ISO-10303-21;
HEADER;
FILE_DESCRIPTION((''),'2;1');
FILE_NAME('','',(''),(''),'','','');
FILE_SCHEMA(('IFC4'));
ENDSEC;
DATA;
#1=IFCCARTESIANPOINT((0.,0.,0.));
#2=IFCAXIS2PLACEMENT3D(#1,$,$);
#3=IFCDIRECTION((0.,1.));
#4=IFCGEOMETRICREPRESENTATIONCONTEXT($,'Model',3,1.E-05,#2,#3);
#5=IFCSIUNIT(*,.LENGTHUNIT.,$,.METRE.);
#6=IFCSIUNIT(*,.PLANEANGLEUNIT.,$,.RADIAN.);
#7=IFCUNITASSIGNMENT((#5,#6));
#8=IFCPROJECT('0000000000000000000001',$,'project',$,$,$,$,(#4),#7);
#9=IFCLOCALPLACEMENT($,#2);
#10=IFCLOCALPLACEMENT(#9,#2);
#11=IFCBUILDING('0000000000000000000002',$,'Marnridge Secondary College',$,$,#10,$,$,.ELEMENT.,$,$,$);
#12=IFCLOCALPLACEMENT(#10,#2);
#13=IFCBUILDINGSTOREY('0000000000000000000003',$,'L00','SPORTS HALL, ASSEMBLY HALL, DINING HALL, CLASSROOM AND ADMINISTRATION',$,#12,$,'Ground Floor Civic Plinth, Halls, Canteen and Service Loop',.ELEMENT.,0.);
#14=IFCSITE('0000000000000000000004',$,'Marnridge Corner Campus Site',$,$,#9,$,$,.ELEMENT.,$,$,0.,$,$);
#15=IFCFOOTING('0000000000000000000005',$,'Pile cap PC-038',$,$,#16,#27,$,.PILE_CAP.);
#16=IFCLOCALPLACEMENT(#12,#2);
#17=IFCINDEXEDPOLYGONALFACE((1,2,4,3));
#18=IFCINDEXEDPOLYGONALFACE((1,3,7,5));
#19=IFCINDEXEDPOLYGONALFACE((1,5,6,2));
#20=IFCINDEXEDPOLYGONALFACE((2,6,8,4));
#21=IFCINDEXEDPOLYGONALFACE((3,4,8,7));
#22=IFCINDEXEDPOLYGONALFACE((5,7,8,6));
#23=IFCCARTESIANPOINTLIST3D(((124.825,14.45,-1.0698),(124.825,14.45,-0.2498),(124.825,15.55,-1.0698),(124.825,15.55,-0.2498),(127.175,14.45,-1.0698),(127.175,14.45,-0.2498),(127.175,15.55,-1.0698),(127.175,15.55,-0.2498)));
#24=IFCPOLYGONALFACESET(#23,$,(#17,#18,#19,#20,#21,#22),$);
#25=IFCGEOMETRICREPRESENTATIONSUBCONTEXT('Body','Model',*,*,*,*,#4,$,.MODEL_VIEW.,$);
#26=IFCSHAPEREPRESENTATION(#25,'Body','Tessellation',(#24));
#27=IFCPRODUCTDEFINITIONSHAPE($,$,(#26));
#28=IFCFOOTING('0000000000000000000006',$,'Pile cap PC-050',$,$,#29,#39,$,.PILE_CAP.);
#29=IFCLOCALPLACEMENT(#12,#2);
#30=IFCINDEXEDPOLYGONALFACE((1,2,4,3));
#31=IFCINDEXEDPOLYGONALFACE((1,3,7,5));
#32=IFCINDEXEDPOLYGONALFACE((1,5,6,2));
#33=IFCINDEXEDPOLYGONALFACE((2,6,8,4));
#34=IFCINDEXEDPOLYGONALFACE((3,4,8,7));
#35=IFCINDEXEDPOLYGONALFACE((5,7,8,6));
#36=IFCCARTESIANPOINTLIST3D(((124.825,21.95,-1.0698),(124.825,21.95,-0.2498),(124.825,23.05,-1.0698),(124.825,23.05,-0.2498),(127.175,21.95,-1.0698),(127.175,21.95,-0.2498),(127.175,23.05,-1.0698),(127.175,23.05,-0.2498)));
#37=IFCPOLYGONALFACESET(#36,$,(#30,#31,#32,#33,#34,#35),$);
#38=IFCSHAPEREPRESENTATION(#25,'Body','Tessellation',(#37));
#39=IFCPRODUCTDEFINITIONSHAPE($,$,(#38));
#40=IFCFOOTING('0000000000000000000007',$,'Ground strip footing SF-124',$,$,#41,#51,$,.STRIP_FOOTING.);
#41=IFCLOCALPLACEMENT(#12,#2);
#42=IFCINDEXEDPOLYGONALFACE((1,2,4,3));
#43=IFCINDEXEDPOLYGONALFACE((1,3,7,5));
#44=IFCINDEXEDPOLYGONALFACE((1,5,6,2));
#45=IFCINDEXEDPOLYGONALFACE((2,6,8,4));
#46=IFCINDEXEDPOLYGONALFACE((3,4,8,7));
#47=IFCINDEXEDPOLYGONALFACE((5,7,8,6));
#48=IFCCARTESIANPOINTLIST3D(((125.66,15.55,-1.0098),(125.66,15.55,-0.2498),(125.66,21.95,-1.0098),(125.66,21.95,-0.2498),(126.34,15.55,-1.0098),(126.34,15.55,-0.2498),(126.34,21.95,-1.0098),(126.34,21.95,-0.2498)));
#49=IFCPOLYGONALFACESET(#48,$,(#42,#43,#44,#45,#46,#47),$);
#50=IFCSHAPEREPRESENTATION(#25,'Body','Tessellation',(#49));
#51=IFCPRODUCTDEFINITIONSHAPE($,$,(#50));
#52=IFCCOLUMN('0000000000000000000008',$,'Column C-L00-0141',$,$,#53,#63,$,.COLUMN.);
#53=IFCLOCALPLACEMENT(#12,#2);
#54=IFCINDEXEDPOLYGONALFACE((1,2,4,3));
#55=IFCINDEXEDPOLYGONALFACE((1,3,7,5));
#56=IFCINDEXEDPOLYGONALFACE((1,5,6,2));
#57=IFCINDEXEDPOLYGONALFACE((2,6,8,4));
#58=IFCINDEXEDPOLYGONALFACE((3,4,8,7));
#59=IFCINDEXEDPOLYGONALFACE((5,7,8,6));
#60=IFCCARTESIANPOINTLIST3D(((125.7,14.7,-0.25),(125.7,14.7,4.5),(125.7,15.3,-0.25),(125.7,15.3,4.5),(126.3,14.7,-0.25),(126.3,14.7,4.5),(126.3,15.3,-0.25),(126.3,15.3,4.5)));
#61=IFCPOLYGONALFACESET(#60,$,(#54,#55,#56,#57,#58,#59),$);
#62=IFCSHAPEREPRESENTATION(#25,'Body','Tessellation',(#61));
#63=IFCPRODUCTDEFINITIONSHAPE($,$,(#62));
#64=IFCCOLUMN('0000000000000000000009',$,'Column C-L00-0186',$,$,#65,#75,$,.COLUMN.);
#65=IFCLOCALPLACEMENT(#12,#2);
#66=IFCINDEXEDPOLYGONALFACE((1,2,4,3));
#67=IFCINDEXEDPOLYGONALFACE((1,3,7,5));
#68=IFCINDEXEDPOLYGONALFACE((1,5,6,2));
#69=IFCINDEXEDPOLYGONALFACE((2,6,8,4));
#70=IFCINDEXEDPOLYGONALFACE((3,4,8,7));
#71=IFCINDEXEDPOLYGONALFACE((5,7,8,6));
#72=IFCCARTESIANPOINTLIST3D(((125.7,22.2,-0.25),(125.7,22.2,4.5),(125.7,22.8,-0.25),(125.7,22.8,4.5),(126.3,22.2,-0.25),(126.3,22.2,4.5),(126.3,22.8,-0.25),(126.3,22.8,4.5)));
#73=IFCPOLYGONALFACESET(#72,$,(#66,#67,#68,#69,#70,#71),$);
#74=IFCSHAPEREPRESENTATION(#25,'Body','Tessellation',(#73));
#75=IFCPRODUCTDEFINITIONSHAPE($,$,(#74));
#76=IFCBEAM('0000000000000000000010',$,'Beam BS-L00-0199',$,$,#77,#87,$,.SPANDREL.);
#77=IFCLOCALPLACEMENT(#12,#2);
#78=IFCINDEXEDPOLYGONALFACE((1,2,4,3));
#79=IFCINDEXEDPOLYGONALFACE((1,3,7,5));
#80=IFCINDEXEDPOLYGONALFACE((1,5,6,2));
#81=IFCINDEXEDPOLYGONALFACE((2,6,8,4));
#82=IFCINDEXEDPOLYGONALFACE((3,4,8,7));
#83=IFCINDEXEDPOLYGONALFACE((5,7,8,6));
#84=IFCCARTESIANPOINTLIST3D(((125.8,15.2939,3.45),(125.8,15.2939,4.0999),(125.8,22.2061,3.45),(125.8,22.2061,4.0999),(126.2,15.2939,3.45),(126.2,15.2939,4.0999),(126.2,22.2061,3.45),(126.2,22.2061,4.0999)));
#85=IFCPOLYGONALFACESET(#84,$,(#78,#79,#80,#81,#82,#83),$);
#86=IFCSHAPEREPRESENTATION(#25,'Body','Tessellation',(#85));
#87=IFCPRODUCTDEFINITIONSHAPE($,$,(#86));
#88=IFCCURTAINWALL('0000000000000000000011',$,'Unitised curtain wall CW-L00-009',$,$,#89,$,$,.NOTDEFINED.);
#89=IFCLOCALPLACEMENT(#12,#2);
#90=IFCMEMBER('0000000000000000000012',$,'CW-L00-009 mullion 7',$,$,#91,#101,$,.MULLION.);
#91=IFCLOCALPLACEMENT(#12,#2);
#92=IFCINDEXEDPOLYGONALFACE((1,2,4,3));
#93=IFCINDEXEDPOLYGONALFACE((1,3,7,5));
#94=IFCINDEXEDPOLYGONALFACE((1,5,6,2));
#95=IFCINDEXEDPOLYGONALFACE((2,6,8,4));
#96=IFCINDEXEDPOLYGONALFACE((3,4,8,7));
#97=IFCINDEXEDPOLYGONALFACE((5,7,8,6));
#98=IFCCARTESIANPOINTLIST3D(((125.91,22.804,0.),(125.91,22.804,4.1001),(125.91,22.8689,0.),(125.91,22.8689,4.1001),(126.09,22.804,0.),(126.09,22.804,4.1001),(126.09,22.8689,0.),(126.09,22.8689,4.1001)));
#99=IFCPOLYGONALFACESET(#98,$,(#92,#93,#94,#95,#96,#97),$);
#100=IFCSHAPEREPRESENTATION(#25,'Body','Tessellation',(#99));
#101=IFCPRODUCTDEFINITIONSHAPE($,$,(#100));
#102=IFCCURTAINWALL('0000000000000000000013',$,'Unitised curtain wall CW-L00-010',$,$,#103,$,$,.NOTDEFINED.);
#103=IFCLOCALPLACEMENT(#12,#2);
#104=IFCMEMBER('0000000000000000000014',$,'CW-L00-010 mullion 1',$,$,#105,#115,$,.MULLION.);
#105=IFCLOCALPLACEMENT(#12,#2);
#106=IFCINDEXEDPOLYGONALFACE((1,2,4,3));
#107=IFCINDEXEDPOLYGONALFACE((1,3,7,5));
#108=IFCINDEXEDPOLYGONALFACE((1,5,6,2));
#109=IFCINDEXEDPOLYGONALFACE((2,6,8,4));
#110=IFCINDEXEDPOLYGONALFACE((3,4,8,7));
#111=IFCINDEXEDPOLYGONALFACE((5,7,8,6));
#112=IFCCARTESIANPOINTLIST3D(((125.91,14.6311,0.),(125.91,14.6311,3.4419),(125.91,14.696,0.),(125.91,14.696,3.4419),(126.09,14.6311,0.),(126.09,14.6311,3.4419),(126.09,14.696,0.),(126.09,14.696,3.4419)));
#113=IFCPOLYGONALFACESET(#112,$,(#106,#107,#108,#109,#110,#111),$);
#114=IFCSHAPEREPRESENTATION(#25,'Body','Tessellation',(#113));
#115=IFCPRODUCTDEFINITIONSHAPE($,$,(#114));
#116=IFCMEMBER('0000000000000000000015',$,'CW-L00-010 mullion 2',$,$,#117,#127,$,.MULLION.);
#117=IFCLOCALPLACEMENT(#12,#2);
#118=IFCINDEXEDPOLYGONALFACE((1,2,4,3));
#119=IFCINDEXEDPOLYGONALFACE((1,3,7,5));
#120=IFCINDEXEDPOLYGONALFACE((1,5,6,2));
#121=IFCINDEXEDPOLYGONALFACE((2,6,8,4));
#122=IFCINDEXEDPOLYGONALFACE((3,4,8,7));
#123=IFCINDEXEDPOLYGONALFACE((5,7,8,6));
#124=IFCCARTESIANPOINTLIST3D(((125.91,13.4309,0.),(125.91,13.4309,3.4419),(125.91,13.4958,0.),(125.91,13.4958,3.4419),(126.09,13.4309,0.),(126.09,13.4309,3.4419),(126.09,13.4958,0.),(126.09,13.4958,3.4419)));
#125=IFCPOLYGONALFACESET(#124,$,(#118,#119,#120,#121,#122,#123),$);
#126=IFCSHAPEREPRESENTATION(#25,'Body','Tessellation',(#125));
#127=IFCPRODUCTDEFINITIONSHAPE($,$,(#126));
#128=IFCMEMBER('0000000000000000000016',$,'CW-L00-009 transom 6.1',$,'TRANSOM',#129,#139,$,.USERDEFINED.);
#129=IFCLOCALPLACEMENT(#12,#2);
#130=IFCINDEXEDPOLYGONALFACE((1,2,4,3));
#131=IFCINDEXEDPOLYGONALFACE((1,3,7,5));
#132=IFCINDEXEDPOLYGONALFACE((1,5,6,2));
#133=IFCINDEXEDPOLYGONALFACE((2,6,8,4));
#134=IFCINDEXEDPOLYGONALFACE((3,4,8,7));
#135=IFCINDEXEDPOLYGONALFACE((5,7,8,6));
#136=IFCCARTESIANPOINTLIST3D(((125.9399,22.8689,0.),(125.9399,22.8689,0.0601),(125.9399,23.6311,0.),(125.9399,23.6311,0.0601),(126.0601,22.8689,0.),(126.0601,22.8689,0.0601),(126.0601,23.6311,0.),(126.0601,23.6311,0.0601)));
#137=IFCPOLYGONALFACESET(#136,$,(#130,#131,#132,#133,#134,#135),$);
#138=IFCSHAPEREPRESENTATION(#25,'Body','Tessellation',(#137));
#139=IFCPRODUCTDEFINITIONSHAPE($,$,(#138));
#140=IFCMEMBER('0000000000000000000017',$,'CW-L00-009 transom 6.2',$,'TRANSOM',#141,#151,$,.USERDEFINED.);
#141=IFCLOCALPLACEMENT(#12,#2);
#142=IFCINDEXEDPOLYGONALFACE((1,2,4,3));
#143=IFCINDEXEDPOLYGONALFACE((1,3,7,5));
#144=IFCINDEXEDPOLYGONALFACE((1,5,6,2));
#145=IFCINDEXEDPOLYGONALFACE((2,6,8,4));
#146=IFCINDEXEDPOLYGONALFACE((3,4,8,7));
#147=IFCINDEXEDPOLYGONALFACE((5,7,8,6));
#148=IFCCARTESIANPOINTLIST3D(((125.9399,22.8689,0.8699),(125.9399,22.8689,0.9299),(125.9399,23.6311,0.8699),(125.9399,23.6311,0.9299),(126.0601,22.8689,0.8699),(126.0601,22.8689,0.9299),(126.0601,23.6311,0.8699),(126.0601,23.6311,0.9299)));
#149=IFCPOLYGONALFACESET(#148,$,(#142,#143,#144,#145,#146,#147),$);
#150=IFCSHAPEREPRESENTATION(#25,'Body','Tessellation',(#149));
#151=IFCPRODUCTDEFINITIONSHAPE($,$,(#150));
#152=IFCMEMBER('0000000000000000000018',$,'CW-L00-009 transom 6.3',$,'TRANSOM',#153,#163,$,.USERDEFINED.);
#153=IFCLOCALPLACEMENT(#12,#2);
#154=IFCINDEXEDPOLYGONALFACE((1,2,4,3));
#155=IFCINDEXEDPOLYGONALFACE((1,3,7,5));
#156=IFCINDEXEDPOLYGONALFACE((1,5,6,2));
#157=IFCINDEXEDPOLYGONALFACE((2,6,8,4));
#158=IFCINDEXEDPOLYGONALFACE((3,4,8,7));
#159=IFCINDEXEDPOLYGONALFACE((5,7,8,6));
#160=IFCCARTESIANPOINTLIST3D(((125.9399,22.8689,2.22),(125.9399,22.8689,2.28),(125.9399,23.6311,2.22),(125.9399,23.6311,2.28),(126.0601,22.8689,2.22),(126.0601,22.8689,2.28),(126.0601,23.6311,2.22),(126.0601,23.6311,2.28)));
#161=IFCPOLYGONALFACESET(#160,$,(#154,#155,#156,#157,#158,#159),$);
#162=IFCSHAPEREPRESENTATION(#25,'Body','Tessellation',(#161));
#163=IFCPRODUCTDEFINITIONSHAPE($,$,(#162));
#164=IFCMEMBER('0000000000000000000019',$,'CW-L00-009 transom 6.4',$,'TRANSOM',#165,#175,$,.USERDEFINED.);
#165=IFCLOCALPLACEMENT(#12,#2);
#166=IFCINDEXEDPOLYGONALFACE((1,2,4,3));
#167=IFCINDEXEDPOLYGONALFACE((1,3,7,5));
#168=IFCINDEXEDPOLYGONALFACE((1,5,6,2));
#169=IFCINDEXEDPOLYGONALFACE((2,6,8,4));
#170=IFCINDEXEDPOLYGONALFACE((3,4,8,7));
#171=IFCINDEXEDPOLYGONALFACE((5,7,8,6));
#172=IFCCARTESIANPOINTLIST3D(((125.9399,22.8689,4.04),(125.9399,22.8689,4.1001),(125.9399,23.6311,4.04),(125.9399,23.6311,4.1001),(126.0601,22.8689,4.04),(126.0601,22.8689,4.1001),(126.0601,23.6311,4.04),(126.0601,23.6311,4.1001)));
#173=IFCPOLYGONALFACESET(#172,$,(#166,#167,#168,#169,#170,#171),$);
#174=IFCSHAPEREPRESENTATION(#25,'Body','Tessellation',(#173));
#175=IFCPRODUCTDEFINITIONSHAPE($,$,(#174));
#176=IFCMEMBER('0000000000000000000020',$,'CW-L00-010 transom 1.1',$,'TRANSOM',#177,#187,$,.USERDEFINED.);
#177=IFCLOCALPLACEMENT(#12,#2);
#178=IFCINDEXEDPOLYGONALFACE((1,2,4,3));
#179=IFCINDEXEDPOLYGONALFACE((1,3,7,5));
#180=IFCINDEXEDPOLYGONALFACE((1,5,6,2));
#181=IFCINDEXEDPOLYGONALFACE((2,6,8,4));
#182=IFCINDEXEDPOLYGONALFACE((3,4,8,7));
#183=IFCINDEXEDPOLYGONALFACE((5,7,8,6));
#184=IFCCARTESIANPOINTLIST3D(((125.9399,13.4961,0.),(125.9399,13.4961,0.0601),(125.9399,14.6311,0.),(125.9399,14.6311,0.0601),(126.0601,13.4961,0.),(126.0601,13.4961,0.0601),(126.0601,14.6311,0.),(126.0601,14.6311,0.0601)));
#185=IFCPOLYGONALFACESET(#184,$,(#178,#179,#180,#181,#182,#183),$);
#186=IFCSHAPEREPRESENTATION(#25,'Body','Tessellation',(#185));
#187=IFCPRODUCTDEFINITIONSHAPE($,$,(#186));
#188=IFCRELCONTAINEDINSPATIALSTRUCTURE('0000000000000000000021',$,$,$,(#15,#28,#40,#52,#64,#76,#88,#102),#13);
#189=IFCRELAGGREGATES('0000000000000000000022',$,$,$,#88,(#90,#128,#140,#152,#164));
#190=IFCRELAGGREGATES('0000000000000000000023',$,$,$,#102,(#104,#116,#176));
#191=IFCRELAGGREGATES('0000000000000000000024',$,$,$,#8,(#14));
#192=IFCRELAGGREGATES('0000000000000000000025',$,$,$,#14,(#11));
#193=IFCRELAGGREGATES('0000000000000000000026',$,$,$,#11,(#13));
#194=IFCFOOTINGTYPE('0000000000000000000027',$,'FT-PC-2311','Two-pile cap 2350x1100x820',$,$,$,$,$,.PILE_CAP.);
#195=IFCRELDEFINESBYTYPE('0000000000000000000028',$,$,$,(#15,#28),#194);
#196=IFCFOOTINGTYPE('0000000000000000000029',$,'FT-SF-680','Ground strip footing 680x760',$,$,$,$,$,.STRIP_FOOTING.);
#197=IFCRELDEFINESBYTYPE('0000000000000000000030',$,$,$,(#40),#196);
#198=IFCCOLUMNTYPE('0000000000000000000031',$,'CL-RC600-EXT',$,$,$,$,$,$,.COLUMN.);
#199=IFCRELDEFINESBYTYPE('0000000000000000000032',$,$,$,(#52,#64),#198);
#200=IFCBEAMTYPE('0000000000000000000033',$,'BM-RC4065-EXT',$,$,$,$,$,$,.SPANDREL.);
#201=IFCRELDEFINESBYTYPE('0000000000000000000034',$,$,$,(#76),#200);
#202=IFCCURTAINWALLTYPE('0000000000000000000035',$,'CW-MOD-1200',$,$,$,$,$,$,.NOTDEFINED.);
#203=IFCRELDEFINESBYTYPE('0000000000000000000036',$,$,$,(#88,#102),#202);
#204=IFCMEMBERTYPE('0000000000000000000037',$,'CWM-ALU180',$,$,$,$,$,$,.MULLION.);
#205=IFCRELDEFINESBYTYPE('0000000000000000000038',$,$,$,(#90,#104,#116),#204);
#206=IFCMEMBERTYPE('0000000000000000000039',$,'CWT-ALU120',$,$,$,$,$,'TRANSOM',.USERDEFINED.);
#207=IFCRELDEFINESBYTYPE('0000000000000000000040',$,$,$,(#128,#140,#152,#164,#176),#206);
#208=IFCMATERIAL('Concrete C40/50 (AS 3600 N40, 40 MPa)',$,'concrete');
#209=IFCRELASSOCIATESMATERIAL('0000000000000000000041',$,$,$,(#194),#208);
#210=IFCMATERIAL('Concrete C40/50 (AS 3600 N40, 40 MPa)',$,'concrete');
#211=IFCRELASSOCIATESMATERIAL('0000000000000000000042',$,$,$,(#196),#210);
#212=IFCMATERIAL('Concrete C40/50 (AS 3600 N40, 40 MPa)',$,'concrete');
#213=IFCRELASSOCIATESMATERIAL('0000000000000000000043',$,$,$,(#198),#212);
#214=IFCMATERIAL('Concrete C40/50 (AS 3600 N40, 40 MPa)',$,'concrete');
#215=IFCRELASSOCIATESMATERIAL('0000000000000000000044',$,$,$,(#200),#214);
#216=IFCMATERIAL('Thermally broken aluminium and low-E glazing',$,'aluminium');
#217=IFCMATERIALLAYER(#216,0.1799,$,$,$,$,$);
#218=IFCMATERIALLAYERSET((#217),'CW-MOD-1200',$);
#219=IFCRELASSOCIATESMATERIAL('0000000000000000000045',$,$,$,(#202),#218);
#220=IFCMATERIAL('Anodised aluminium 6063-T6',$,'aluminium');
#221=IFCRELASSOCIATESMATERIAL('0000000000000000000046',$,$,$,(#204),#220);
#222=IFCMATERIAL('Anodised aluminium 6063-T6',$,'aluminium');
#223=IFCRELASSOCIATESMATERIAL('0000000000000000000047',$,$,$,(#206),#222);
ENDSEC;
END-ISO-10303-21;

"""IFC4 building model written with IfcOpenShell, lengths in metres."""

from ifc_helpers import new_model, si_unit, direction, frame, origin, origin_2d, place, context, subcontext, project, spatial, rectangle, extrude, material, layer, layer_set, material_profile, profile_set, type_object, element, aggregate, save


model = new_model("IFC4")

# Units and contexts
model_context = context("Model", 3, precision=1e-05, world=origin(), true_north=direction((0.0, 1.0)))
body_context = subcontext(model_context, "Body", "Model", "MODEL_VIEW")
ifc_project = project(units=[si_unit("LENGTHUNIT", "METRE"), si_unit("PLANEANGLEUNIT", "RADIAN")], contexts=[model_context])

# Site, building, storey
site_placement = place(None, origin())
site = spatial("IfcSite", under=ifc_project, at=site_placement, Name="Marnridge Corner Campus Site", CompositionType="ELEMENT", RefElevation=0.0)
building_placement = place(site_placement, origin())
building = spatial("IfcBuilding", under=site, at=building_placement, Name="Marnridge Secondary College", CompositionType="ELEMENT")
storey_placement = place(building_placement, origin())
storey = spatial("IfcBuildingStorey", under=building, at=storey_placement, Name="L00", Description="SPORTS HALL, ASSEMBLY HALL, DINING HALL, CLASSROOM AND ADMINISTRATION", LongName="Ground Floor Civic Plinth, Halls, Canteen and Service Loop", CompositionType="ELEMENT", Elevation=0.0)

# Footings
ifc_material_1 = material(Name="Concrete C40/50 (AS 3600 N40, 40 MPa)", Category="concrete")
footing_type_1 = type_object("IfcFootingType", Name="FT-PC-2311", Description="Two-pile cap 2350x1100x820", PredefinedType="PILE_CAP", material=ifc_material_1)
for number, where, z_axis, x_axis, name in (
    (1, (126.0, 15.0, -1.0698), (0.0, 0.0, 1.0), (1.0, 0.0, 0.0), "Pile cap PC-038"),
    (2, (126.0, 22.5, -1.0698), (0.0, 0.0, 1.0), (1.0, 0.0, 0.0), "Pile cap PC-050"),
):
    element("IfcFooting", number, at=place(storey_placement, frame(where, z_axis=z_axis, x_axis=x_axis)), inside=storey, type_object=footing_type_1, Name=name, PredefinedType="PILE_CAP", context=body_context, shape_type="SweptSolid", body=[
        extrude(rectangle(XDim=2.3501, YDim=1.1001, at=origin_2d()), origin(), (0.0, 0.0, 1.0), 0.8201),
    ])
ifc_material_2 = material(Name="Concrete C40/50 (AS 3600 N40, 40 MPa)", Category="concrete")
footing_type_2 = type_object("IfcFootingType", Name="FT-SF-680", Description="Ground strip footing 680x760", PredefinedType="STRIP_FOOTING", material=ifc_material_2)
footing_placement = place(storey_placement, frame((126.0, 18.75, -1.0098), z_axis=(0.0, 0.0, 1.0), x_axis=(1.0, 0.0, 0.0)))
element("IfcFooting", 3, at=footing_placement, inside=storey, type_object=footing_type_2, Name="Ground strip footing SF-124", PredefinedType="STRIP_FOOTING", context=body_context, shape_type="SweptSolid", body=[
    extrude(rectangle(XDim=0.6799, YDim=6.3999, at=origin_2d()), origin(), (0.0, 0.0, 1.0), 0.76),
])

# Columns
ifc_material_3 = material(Name="Concrete C40/50 (AS 3600 N40, 40 MPa)", Category="concrete")
ifc_material_profile_1 = material_profile(ifc_material_3, rectangle(XDim=0.6001, YDim=0.6001, at=origin_2d()), Name="RC 600x600")
ifc_profile_set_1 = profile_set([ifc_material_profile_1], Name="Concrete C40/50 (AS 3600 N40, 40 MPa)")
column_type = type_object("IfcColumnType", Name="CL-RC600-EXT", PredefinedType="COLUMN", material=ifc_profile_set_1)
for number, where, z_axis, x_axis, name in (
    (4, (126.0, 15.0, -0.25), (0.0, 0.0, 1.0), (1.0, 0.0, 0.0), "Column C-L00-0141"),
    (5, (126.0, 22.5, -0.25), (0.0, 0.0, 1.0), (1.0, 0.0, 0.0), "Column C-L00-0186"),
):
    element("IfcColumn", number, at=place(storey_placement, frame(where, z_axis=z_axis, x_axis=x_axis)), inside=storey, type_object=column_type, Name=name, PredefinedType="COLUMN", context=body_context, shape_type="SweptSolid", body=[
        extrude(rectangle(XDim=0.6001, YDim=0.6001, at=origin_2d()), origin(), (0.0, 0.0, 1.0), 4.75),
    ])

# Beam
ifc_material_4 = material(Name="Concrete C40/50 (AS 3600 N40, 40 MPa)", Category="concrete")
ifc_material_profile_2 = material_profile(ifc_material_4, rectangle(XDim=0.3999, YDim=0.6499, at=origin_2d()), Name="RC 400x650")
ifc_profile_set_2 = profile_set([ifc_material_profile_2], Name="Concrete C40/50 (AS 3600 N40, 40 MPa)")
beam_type = type_object("IfcBeamType", Name="BM-RC4065-EXT", PredefinedType="SPANDREL", material=ifc_profile_set_2)
beam_placement = place(storey_placement, frame((126.0, 15.2939, 3.7749), z_axis=(0.0, 1.0, 0.0), x_axis=(-1.0, 0.0, 0.0)))
element("IfcBeam", 6, at=beam_placement, inside=storey, type_object=beam_type, Name="Beam BS-L00-0199", PredefinedType="SPANDREL", context=body_context, shape_type="SweptSolid", body=[
    extrude(rectangle(XDim=0.3999, YDim=0.6499, at=origin_2d()), origin(), (0.0, 0.0, 1.0), 6.9121),
])

# Curtain wall, member
ifc_material_5 = material(Name="Thermally broken aluminium and low-E glazing", Category="aluminium")
ifc_layer_1 = layer(ifc_material_5, 0.1799)
ifc_layer_set_1 = layer_set([ifc_layer_1], Name="CW-MOD-1200")
curtain_wall_type = type_object("IfcCurtainWallType", Name="CW-MOD-1200", PredefinedType="NOTDEFINED", material=ifc_layer_set_1)
curtain_wall_1_placement = place(storey_placement, origin())
curtain_wall_1 = element("IfcCurtainWall", 7, at=curtain_wall_1_placement, inside=storey, type_object=curtain_wall_type, Name="Unitised curtain wall CW-L00-009", PredefinedType="NOTDEFINED")
ifc_material_6 = material(Name="Anodised aluminium 6063-T6", Category="aluminium")
ifc_material_profile_3 = material_profile(ifc_material_6, rectangle(XDim=0.0649, YDim=0.1799, at=origin_2d()), Name="ALU 65x180")
ifc_profile_set_3 = profile_set([ifc_material_profile_3], Name="Anodised aluminium 6063-T6")
member_type_1 = type_object("IfcMemberType", Name="CWM-ALU180", PredefinedType="MULLION", material=ifc_profile_set_3)
member_1_placement = place(storey_placement, frame((126.0, 22.8364, 0.0), z_axis=(0.0, 0.0, 1.0), x_axis=(0.0, -1.0, 0.0)))
member_1 = element("IfcMember", 8, at=member_1_placement, type_object=member_type_1, Name="CW-L00-009 mullion 7", PredefinedType="MULLION", context=body_context, shape_type="SweptSolid", body=[
    extrude(rectangle(XDim=0.0649, YDim=0.1799, at=origin_2d()), origin(), (0.0, 0.0, 1.0), 4.1001),
])

# Curtain wall, members
curtain_wall_2_placement = place(storey_placement, origin())
curtain_wall_2 = element("IfcCurtainWall", 9, at=curtain_wall_2_placement, inside=storey, type_object=curtain_wall_type, Name="Unitised curtain wall CW-L00-010", PredefinedType="NOTDEFINED")
member_2_placement = place(storey_placement, frame((126.0, 14.6636, 0.0), z_axis=(0.0, 0.0, 1.0), x_axis=(0.0, -1.0, 0.0)))
member_2 = element("IfcMember", 10, at=member_2_placement, type_object=member_type_1, Name="CW-L00-010 mullion 1", PredefinedType="MULLION", context=body_context, shape_type="SweptSolid", body=[
    extrude(rectangle(XDim=0.0649, YDim=0.1799, at=origin_2d()), origin(), (0.0, 0.0, 1.0), 3.4419),
])
member_3_placement = place(storey_placement, frame((126.0, 13.4634, 0.0), z_axis=(0.0, 0.0, 1.0), x_axis=(0.0, -1.0, 0.0)))
member_3 = element("IfcMember", 11, at=member_3_placement, type_object=member_type_1, Name="CW-L00-010 mullion 2", PredefinedType="MULLION", context=body_context, shape_type="SweptSolid", body=[
    extrude(rectangle(XDim=0.0649, YDim=0.1799, at=origin_2d()), origin(), (0.0, 0.0, 1.0), 3.4419),
])

# Members
ifc_material_7 = material(Name="Anodised aluminium 6063-T6", Category="aluminium")
ifc_material_profile_4 = material_profile(ifc_material_7, rectangle(XDim=0.0601, YDim=0.1201, at=origin_2d()), Name="ALU 60x120")
ifc_profile_set_4 = profile_set([ifc_material_profile_4], Name="Anodised aluminium 6063-T6")
member_type_2 = type_object("IfcMemberType", Name="CWT-ALU120", ElementType="TRANSOM", PredefinedType="USERDEFINED", material=ifc_profile_set_4)
member_4_placement = place(storey_placement, frame((126.0, 23.6311, 0.03), z_axis=(0.0, -1.0, 0.0), x_axis=(0.0, 0.0, 1.0)))
member_4 = element("IfcMember", 12, at=member_4_placement, type_object=member_type_2, Name="CW-L00-009 transom 6.1", ObjectType="TRANSOM", PredefinedType="USERDEFINED", context=body_context, shape_type="SweptSolid", body=[
    extrude(rectangle(XDim=0.0601, YDim=0.1201, at=origin_2d()), origin(), (0.0, 0.0, 1.0), 0.7622),
])
member_5_placement = place(storey_placement, frame((126.0, 23.6311, 0.8999), z_axis=(0.0, -1.0, 0.0), x_axis=(0.0, 0.0, 1.0)))
member_5 = element("IfcMember", 13, at=member_5_placement, type_object=member_type_2, Name="CW-L00-009 transom 6.2", ObjectType="TRANSOM", PredefinedType="USERDEFINED", context=body_context, shape_type="SweptSolid", body=[
    extrude(rectangle(XDim=0.0601, YDim=0.1201, at=origin_2d()), origin(), (0.0, 0.0, 1.0), 0.7622),
])
member_6_placement = place(storey_placement, frame((126.0, 23.6311, 2.25), z_axis=(0.0, -1.0, 0.0), x_axis=(0.0, 0.0, 1.0)))
member_6 = element("IfcMember", 14, at=member_6_placement, type_object=member_type_2, Name="CW-L00-009 transom 6.3", ObjectType="TRANSOM", PredefinedType="USERDEFINED", context=body_context, shape_type="SweptSolid", body=[
    extrude(rectangle(XDim=0.0601, YDim=0.1201, at=origin_2d()), origin(), (0.0, 0.0, 1.0), 0.7622),
])
member_7_placement = place(storey_placement, frame((126.0, 23.6311, 4.0701), z_axis=(0.0, -1.0, 0.0), x_axis=(0.0, 0.0, 1.0)))
member_7 = element("IfcMember", 15, at=member_7_placement, type_object=member_type_2, Name="CW-L00-009 transom 6.4", ObjectType="TRANSOM", PredefinedType="USERDEFINED", context=body_context, shape_type="SweptSolid", body=[
    extrude(rectangle(XDim=0.0601, YDim=0.1201, at=origin_2d()), origin(), (0.0, 0.0, 1.0), 0.7622),
])
member_8_placement = place(storey_placement, frame((126.0, 14.6311, 0.03), z_axis=(0.0, -1.0, 0.0), x_axis=(0.0, 0.0, 1.0)))
member_8 = element("IfcMember", 16, at=member_8_placement, type_object=member_type_2, Name="CW-L00-010 transom 1.1", ObjectType="TRANSOM", PredefinedType="USERDEFINED", context=body_context, shape_type="SweptSolid", body=[
    extrude(rectangle(XDim=0.0601, YDim=0.1201, at=origin_2d()), origin(), (0.0, 0.0, 1.0), 1.135),
])

aggregate(curtain_wall_1, [member_1, member_4, member_5, member_6, member_7])
aggregate(curtain_wall_2, [member_2, member_3, member_8])

save(model, "model.ifc")
